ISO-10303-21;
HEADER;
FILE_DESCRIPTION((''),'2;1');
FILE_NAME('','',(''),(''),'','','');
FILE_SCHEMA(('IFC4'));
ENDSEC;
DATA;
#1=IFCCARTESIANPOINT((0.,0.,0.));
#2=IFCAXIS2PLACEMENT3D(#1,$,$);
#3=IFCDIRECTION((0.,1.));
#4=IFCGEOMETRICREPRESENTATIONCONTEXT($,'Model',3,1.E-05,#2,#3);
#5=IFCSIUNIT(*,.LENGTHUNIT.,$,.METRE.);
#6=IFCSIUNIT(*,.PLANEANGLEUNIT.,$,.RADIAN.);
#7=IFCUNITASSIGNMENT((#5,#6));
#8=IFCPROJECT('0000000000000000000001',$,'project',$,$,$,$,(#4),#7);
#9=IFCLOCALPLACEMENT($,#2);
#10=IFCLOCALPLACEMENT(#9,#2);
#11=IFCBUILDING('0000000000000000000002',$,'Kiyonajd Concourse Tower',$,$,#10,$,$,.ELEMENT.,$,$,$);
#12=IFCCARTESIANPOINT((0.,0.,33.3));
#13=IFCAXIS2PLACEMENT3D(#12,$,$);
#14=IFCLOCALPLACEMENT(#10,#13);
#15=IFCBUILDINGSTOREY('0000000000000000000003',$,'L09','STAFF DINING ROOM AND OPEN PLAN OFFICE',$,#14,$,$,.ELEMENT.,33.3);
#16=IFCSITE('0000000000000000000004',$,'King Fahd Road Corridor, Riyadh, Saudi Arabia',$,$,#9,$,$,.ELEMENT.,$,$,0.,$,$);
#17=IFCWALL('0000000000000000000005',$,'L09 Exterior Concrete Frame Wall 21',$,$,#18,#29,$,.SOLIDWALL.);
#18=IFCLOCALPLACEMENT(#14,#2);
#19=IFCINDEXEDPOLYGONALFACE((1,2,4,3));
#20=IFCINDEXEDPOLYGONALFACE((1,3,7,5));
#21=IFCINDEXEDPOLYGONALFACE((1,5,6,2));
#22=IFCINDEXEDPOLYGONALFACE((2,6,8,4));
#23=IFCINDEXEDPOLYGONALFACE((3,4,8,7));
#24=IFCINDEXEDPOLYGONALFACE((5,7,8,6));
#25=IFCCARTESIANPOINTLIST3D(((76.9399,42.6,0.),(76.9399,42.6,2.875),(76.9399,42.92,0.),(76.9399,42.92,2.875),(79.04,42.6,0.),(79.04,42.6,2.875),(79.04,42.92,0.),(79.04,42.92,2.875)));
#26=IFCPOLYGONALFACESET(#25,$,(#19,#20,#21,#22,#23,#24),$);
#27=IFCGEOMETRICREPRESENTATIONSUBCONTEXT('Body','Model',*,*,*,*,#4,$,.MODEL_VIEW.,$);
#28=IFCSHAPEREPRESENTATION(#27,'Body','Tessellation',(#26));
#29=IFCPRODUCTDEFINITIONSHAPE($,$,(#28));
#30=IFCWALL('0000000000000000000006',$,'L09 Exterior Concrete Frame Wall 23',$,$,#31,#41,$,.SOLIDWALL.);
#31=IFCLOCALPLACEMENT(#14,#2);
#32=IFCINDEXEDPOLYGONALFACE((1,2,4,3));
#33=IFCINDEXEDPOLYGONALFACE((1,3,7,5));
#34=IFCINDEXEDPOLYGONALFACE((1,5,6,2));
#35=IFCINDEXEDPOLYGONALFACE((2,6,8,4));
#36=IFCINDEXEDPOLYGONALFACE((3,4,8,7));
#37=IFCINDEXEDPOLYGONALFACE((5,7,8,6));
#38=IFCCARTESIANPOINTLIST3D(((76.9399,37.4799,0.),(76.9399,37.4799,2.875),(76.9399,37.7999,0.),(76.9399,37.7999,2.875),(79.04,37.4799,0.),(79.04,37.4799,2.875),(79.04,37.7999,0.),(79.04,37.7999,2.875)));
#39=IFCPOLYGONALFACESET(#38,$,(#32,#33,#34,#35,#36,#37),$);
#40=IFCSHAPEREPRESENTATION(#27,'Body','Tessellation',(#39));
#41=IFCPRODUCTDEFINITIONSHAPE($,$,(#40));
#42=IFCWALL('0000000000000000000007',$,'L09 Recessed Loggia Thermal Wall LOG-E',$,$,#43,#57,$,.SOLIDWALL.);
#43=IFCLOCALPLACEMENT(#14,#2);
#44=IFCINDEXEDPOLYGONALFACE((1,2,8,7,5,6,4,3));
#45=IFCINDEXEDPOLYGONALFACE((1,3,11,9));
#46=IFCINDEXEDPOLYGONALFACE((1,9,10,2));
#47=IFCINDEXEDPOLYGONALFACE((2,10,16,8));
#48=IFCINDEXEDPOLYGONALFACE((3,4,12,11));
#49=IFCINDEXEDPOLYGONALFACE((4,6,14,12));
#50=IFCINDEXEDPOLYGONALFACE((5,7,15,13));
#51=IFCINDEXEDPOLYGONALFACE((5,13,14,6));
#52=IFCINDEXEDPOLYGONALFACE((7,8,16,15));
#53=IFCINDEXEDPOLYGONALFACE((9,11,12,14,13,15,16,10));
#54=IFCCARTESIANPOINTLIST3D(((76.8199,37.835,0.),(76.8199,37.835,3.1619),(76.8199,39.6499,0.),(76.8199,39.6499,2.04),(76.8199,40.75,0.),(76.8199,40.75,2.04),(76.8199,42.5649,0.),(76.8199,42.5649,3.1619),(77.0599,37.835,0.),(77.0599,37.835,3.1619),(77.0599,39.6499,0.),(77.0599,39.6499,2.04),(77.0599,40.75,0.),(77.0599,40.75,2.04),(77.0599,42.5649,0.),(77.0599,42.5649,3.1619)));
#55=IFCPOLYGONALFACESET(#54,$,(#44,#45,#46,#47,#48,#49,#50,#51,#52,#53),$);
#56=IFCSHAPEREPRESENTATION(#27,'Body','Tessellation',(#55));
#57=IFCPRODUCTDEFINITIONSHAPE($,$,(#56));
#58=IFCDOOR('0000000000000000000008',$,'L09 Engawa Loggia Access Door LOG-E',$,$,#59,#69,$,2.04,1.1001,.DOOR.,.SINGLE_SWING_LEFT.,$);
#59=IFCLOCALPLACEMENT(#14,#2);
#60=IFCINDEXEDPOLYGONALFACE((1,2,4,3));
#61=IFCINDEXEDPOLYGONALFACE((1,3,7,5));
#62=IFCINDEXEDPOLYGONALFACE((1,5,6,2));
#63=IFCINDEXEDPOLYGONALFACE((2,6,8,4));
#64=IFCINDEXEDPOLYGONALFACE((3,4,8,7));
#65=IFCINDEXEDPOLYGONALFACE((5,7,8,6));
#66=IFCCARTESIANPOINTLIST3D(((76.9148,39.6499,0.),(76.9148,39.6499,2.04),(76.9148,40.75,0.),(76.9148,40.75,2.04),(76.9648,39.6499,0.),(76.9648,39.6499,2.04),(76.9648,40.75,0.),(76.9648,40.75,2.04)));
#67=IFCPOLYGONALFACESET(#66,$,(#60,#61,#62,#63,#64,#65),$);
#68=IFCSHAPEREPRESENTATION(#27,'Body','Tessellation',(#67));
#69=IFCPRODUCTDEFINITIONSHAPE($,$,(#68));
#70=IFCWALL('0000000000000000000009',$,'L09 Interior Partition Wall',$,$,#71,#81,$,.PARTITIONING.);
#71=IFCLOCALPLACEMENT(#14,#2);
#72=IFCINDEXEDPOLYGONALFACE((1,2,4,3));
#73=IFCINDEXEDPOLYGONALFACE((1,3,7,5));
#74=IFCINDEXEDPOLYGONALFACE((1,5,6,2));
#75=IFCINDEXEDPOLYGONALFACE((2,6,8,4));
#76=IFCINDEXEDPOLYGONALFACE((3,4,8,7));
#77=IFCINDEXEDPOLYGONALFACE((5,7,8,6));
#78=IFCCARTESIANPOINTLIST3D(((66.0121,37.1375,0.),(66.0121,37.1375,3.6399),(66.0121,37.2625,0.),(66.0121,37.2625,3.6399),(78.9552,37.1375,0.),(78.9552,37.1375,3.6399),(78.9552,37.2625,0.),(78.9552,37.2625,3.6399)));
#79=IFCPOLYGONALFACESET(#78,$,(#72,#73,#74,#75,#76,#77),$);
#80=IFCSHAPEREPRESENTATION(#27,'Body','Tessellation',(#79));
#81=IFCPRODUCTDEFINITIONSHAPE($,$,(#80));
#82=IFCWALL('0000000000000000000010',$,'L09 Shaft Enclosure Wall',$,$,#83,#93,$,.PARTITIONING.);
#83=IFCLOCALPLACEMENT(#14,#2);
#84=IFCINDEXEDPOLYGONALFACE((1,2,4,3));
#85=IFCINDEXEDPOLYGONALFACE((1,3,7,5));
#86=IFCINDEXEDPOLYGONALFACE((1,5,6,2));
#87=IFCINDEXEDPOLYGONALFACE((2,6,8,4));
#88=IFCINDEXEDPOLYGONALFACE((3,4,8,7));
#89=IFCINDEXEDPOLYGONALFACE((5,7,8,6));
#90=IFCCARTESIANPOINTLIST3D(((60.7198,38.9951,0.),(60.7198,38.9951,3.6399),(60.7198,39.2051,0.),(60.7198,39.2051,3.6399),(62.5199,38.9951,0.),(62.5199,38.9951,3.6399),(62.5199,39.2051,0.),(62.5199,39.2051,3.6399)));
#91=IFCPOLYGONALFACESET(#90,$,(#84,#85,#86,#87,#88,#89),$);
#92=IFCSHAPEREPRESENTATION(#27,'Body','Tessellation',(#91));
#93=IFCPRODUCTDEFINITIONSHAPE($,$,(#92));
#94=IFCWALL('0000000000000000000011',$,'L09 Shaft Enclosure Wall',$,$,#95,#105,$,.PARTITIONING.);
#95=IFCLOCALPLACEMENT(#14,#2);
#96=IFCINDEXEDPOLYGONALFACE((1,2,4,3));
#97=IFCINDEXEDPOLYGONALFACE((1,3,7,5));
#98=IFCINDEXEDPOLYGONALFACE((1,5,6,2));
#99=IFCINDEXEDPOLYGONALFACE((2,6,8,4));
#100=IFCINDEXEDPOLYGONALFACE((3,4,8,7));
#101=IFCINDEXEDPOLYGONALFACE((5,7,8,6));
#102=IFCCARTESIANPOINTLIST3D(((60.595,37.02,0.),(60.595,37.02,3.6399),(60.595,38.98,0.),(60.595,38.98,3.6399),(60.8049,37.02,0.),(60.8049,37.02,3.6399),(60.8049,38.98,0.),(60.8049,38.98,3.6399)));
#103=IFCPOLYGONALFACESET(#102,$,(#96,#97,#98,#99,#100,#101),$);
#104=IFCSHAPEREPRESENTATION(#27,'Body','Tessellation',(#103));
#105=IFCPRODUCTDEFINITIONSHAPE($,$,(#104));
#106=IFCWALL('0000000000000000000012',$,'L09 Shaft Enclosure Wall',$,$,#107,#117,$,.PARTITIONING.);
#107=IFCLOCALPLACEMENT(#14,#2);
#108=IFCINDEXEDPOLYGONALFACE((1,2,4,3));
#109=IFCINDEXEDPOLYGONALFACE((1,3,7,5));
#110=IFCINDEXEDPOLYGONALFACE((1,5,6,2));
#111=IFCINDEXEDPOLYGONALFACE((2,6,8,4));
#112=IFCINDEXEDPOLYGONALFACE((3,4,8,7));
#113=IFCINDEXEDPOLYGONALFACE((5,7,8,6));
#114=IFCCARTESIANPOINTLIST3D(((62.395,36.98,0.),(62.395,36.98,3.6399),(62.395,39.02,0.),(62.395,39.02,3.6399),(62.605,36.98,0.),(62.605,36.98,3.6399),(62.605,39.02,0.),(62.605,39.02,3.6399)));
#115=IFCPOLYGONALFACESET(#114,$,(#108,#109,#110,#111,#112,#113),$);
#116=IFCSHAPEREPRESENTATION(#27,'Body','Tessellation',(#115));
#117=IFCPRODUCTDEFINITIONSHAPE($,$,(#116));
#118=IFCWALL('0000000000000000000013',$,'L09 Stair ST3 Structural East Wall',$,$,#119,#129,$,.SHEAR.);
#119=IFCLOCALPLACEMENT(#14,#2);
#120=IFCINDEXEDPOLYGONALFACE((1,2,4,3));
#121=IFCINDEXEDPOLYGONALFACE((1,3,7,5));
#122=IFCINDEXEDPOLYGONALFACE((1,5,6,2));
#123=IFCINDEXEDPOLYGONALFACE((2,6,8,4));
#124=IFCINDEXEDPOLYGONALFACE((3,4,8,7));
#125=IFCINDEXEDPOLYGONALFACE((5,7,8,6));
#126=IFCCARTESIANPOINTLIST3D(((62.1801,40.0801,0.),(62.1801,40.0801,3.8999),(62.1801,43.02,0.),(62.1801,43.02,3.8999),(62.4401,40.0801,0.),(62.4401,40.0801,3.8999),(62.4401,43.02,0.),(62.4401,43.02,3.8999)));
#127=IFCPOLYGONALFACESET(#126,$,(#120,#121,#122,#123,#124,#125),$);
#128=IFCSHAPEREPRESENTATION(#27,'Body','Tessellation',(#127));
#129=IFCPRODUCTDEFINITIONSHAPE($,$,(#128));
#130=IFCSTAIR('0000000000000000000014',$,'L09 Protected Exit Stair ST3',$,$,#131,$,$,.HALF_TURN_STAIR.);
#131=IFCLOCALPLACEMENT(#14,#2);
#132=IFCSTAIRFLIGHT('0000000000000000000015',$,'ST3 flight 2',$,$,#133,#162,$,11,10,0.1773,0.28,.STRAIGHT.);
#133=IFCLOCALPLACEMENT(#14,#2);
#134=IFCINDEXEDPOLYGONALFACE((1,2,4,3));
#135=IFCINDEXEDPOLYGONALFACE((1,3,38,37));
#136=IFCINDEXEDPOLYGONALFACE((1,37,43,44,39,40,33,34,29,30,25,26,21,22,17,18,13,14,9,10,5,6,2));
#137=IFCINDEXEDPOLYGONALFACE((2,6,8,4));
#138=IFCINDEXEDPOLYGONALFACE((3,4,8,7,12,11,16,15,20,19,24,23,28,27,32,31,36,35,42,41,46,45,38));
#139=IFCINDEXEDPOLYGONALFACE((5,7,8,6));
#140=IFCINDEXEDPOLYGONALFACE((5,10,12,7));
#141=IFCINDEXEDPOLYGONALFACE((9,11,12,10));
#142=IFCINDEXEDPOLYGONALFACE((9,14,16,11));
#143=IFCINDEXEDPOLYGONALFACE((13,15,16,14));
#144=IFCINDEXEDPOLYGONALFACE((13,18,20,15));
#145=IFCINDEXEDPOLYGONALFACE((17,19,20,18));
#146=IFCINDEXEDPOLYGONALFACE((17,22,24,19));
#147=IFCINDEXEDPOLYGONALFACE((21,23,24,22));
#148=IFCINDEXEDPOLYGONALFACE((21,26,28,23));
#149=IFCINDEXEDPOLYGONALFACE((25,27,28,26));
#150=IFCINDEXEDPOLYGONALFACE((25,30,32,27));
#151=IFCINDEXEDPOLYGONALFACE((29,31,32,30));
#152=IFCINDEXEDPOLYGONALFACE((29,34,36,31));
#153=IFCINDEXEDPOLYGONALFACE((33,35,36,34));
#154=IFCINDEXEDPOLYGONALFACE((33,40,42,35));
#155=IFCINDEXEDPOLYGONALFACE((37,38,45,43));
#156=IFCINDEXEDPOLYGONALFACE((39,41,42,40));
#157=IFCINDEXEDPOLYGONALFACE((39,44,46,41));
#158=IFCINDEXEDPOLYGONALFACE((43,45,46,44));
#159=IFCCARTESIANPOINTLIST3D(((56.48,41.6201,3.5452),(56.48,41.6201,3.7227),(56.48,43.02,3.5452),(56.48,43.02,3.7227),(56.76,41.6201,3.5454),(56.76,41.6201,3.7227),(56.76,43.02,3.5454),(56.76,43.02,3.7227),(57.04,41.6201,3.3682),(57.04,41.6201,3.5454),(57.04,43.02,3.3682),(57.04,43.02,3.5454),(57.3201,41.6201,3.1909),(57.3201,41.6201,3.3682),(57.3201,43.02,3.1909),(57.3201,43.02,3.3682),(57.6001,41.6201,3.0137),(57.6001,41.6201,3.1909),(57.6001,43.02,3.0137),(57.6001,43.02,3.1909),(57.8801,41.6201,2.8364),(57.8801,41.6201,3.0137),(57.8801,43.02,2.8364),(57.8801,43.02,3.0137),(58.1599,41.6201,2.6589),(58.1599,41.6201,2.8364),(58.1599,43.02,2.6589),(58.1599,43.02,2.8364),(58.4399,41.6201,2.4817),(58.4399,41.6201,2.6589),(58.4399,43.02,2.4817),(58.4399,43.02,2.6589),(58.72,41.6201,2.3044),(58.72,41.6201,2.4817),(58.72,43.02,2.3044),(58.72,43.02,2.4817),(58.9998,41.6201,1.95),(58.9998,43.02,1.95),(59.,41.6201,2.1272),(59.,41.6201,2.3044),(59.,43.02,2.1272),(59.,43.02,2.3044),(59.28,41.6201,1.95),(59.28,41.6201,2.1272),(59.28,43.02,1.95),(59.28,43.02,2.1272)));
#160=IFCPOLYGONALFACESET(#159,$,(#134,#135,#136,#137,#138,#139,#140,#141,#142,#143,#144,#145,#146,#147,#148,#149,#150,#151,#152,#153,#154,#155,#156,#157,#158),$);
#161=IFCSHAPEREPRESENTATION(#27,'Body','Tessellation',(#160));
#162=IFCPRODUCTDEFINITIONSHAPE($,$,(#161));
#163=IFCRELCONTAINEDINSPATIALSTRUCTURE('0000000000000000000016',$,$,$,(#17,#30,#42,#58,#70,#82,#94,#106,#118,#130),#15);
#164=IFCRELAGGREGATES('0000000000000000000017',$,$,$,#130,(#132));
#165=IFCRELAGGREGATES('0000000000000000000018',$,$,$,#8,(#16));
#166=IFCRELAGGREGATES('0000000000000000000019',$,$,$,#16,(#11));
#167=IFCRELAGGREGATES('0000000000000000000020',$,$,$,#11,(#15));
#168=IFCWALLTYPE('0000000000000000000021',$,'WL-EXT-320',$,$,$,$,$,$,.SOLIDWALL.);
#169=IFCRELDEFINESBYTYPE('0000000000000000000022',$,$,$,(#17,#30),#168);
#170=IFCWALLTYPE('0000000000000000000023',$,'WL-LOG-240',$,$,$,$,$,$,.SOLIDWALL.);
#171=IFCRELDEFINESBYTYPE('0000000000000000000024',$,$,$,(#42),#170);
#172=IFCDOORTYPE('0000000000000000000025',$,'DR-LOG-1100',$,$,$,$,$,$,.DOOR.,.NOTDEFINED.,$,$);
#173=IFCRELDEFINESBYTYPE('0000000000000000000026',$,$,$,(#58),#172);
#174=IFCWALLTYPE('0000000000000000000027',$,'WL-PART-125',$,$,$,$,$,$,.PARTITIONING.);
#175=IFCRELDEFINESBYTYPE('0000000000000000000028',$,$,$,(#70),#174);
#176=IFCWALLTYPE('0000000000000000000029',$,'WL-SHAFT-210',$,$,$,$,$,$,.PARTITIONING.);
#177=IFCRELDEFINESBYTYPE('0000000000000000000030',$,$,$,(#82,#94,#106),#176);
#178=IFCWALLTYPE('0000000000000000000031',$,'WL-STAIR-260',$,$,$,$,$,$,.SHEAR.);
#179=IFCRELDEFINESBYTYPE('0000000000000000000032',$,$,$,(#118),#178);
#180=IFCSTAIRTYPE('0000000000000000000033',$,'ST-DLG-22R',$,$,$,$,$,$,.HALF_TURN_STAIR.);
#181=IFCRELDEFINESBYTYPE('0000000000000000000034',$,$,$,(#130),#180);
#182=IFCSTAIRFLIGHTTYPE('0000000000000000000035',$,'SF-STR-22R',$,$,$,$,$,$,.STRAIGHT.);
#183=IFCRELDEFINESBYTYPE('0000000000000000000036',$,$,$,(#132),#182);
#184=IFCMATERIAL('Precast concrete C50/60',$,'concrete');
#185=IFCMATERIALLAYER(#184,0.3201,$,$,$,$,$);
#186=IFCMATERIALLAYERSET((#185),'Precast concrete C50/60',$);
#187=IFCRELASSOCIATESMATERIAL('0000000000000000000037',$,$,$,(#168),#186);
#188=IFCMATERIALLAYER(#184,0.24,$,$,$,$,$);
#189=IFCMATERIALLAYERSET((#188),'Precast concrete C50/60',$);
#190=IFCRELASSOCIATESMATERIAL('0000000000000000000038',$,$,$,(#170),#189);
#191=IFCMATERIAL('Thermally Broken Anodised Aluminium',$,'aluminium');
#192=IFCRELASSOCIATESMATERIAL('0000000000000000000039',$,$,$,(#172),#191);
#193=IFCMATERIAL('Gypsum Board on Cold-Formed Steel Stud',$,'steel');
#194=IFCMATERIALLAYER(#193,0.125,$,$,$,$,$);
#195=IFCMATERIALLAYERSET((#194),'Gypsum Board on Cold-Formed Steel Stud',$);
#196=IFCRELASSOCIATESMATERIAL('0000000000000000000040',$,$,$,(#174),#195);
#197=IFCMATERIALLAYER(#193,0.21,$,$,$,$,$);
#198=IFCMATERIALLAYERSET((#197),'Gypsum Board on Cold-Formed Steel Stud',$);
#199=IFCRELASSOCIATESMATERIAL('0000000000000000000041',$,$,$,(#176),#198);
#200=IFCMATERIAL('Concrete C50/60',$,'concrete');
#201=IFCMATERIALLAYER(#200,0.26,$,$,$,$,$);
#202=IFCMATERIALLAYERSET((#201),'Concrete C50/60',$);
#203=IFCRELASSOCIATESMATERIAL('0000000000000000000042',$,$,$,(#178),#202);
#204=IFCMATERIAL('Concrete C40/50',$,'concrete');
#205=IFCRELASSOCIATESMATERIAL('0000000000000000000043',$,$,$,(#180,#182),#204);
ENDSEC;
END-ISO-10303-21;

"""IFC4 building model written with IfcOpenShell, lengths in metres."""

from ifc_helpers import new_model, si_unit, direction, frame, frame_2d, origin, place, context, subcontext, project, spatial, polyline, rectangle, outline, extrude, material, layer, layer_set, type_object, element, fill, aggregate, save


model = new_model("IFC4")

# Units and contexts
model_context = context("Model", 3, precision=1e-05, world=origin(), true_north=direction((0.0, 1.0)))
body_context = subcontext(model_context, "Body", "Model", "MODEL_VIEW")
ifc_project = project(units=[si_unit("LENGTHUNIT", "METRE"), si_unit("PLANEANGLEUNIT", "RADIAN")], contexts=[model_context])

# Site, building, storey
site_placement = place(None, origin())
site = spatial("IfcSite", under=ifc_project, at=site_placement, Name="King Fahd Road Corridor, Riyadh, Saudi Arabia", CompositionType="ELEMENT", RefElevation=0.0)
building_placement = place(site_placement, origin())
building = spatial("IfcBuilding", under=site, at=building_placement, Name="Kiyonajd Concourse Tower", CompositionType="ELEMENT")
storey_placement = place(building_placement, frame((0.0, 0.0, 33.3)))
storey = spatial("IfcBuildingStorey", under=building, at=storey_placement, Name="L09", Description="STAFF DINING ROOM AND OPEN PLAN OFFICE", CompositionType="ELEMENT", Elevation=33.3)

# Shared definitions
ifc_material_1 = material(Name="Precast concrete C50/60", Category="concrete")

# Shared definitions
ifc_material_2 = material(Name="Thermally Broken Anodised Aluminium", Category="aluminium")

# Walls
ifc_layer_1 = layer(ifc_material_1, 0.3201)
ifc_layer_set_1 = layer_set([ifc_layer_1], Name="Precast concrete C50/60")
wall_type_1 = type_object("IfcWallType", Name="WL-EXT-320", PredefinedType="SOLIDWALL", material=ifc_layer_set_1)
for number, where, z_axis, x_axis, name in (
    (1, (79.04, 42.76, 0.0), (0.0, 0.0, 1.0), (-1.0, 0.0, 0.0), "L09 Exterior Concrete Frame Wall 21"),
    (2, (76.9399, 37.6399, 0.0), (0.0, 0.0, 1.0), (1.0, 0.0, 0.0), "L09 Exterior Concrete Frame Wall 23"),
):
    element("IfcWall", number, at=place(storey_placement, frame(where, z_axis=z_axis, x_axis=x_axis)), inside=storey, type_object=wall_type_1, Name=name, PredefinedType="SOLIDWALL", context=body_context, shape_type="SweptSolid", body=[
        extrude(rectangle(XDim=2.1001, YDim=0.3201, at=frame_2d((1.05, 0.0))), origin(), (0.0, 0.0, 1.0), 2.875),
    ])

# Wall, opening, door
ifc_layer_2 = layer(ifc_material_1, 0.24)
ifc_layer_set_2 = layer_set([ifc_layer_2], Name="Precast concrete C50/60")
wall_type_2 = type_object("IfcWallType", Name="WL-LOG-240", PredefinedType="SOLIDWALL", material=ifc_layer_set_2)
wall_1_placement = place(storey_placement, frame((76.9399, 42.5649, 0.0), z_axis=(0.0, 0.0, 1.0), x_axis=(0.0, -1.0, 0.0)))
wall_1 = element("IfcWall", 3, at=wall_1_placement, inside=storey, type_object=wall_type_2, Name="L09 Recessed Loggia Thermal Wall LOG-E", PredefinedType="SOLIDWALL", context=body_context, shape_type="SweptSolid", body=[
    extrude(rectangle(XDim=4.73, YDim=0.24, at=frame_2d((2.365, 0.0))), origin(), (0.0, 0.0, 1.0), 3.1619),
])
opening_placement = place(wall_1_placement, frame((1.8149, 0.0, 0.0)))
opening = element("IfcOpeningElement", 4, at=opening_placement, cuts=wall_1, PredefinedType="OPENING", context=body_context, shape_type="SweptSolid", body=[
    extrude(rectangle(XDim=1.1001, YDim=2.04, at=frame_2d((0.55, 1.02))), frame((0.0, 0.1299, 0.0), z_axis=(0.0, -1.0, 0.0), x_axis=(1.0, 0.0, 0.0)), (0.0, 0.0, 1.0), 0.26),
])
door_type = type_object("IfcDoorType", Name="DR-LOG-1100", OperationType="NOTDEFINED", PredefinedType="DOOR", material=ifc_material_2)
door_placement = place(opening_placement, origin())
door = element("IfcDoor", 5, at=door_placement, inside=storey, type_object=door_type, Name="L09 Engawa Loggia Access Door LOG-E", OperationType="SINGLE_SWING_LEFT", OverallHeight=2.04, OverallWidth=1.1001, PredefinedType="DOOR", context=body_context, shape_type="SweptSolid", body=[
    extrude(rectangle(XDim=1.1001, YDim=2.04, at=frame_2d((0.55, 1.02))), frame((0.0, 0.0249, 0.0), z_axis=(0.0, -1.0, 0.0), x_axis=(1.0, 0.0, 0.0)), (0.0, 0.0, 1.0), 0.05),
])
fill(opening, door)

# Walls
ifc_material_3 = material(Name="Gypsum Board on Cold-Formed Steel Stud", Category="steel")
ifc_layer_3 = layer(ifc_material_3, 0.125)
ifc_layer_set_3 = layer_set([ifc_layer_3], Name="Gypsum Board on Cold-Formed Steel Stud")
wall_type_3 = type_object("IfcWallType", Name="WL-PART-125", PredefinedType="PARTITIONING", material=ifc_layer_set_3)
wall_2_placement = place(storey_placement, frame((66.012, 37.2, 0.0), z_axis=(0.0, 0.0, 1.0), x_axis=(1.0, 0.0, 0.0)))
element("IfcWall", 6, at=wall_2_placement, inside=storey, type_object=wall_type_3, Name="L09 Interior Partition Wall", PredefinedType="PARTITIONING", context=body_context, shape_type="SweptSolid", body=[
    extrude(rectangle(XDim=12.9431, YDim=0.125, at=frame_2d((6.4717, 0.0))), origin(), (0.0, 0.0, 1.0), 3.6399),
])
ifc_layer_4 = layer(ifc_material_3, 0.21)
ifc_layer_set_4 = layer_set([ifc_layer_4], Name="Gypsum Board on Cold-Formed Steel Stud")
wall_type_4 = type_object("IfcWallType", Name="WL-SHAFT-210", PredefinedType="PARTITIONING", material=ifc_layer_set_4)
wall_3_placement = place(storey_placement, frame((60.72, 39.1001, 0.0), z_axis=(0.0, 0.0, 1.0), x_axis=(1.0, 0.0, 0.0)))
element("IfcWall", 7, at=wall_3_placement, inside=storey, type_object=wall_type_4, Name="L09 Shaft Enclosure Wall", PredefinedType="PARTITIONING", context=body_context, shape_type="SweptSolid", body=[
    extrude(rectangle(XDim=1.8, YDim=0.21, at=frame_2d((0.8999, 0.0))), origin(), (0.0, 0.0, 1.0), 3.6399),
])
wall_4_placement = place(storey_placement, frame((60.7, 37.02, 0.0), z_axis=(0.0, 0.0, 1.0), x_axis=(0.0, 1.0, 0.0)))
element("IfcWall", 8, at=wall_4_placement, inside=storey, type_object=wall_type_4, Name="L09 Shaft Enclosure Wall", PredefinedType="PARTITIONING", context=body_context, shape_type="SweptSolid", body=[
    extrude(rectangle(XDim=1.96, YDim=0.21, at=frame_2d((0.98, 0.0))), origin(), (0.0, 0.0, 1.0), 3.6399),
])
wall_5_placement = place(storey_placement, frame((62.5, 36.98, 0.0), z_axis=(0.0, 0.0, 1.0), x_axis=(0.0, 1.0, 0.0)))
element("IfcWall", 9, at=wall_5_placement, inside=storey, type_object=wall_type_4, Name="L09 Shaft Enclosure Wall", PredefinedType="PARTITIONING", context=body_context, shape_type="SweptSolid", body=[
    extrude(rectangle(XDim=2.04, YDim=0.21, at=frame_2d((1.02, 0.0))), origin(), (0.0, 0.0, 1.0), 3.6399),
])
ifc_material_4 = material(Name="Concrete C50/60", Category="concrete")
ifc_layer_5 = layer(ifc_material_4, 0.26)
ifc_layer_set_5 = layer_set([ifc_layer_5], Name="Concrete C50/60")
wall_type_5 = type_object("IfcWallType", Name="WL-STAIR-260", PredefinedType="SHEAR", material=ifc_layer_set_5)
wall_6_placement = place(storey_placement, frame((62.3101, 40.0801, 0.0), z_axis=(0.0, 0.0, 1.0), x_axis=(0.0, 1.0, 0.0)))
element("IfcWall", 10, at=wall_6_placement, inside=storey, type_object=wall_type_5, Name="L09 Stair ST3 Structural East Wall", PredefinedType="SHEAR", context=body_context, shape_type="SweptSolid", body=[
    extrude(rectangle(XDim=2.9399, YDim=0.26, at=frame_2d((1.47, 0.0))), origin(), (0.0, 0.0, 1.0), 3.8999),
])

# Stair, stair flight
ifc_material_5 = material(Name="Concrete C40/50", Category="concrete")
stair_type = type_object("IfcStairType", Name="ST-DLG-22R", PredefinedType="HALF_TURN_STAIR", material=ifc_material_5)
stair_placement = place(storey_placement, origin())
stair = element("IfcStair", 11, at=stair_placement, inside=storey, type_object=stair_type, Name="L09 Protected Exit Stair ST3", PredefinedType="HALF_TURN_STAIR")
stair_flight_type = type_object("IfcStairFlightType", Name="SF-STR-22R", PredefinedType="STRAIGHT", material=ifc_material_5)
stair_flight_placement = place(storey_placement, frame((59.28, 42.3201, 1.95), z_axis=(0.0, 0.0, 1.0), x_axis=(-1.0, 0.0, 0.0)))
stair_flight = element("IfcStairFlight", 12, at=stair_flight_placement, type_object=stair_flight_type, Name="ST3 flight 2", NumberOfRisers=11, NumberOfTreads=10, PredefinedType="STRAIGHT", RiserHeight=0.1773, TreadLength=0.28, context=body_context, shape_type="SweptSolid", body=[
    extrude(outline(polyline([(0.0, 0.0), (0.0, 0.1772), (0.28, 0.1772), (0.28, 0.3545), (0.5601, 0.3545), (0.5601, 0.5317), (0.8401, 0.5317), (0.8401, 0.709), (1.1201, 0.709), (1.1201, 0.8865), (1.3999, 0.8865), (1.3999, 1.0637), (1.6799, 1.0637), (1.6799, 1.241), (1.96, 1.241), (1.96, 1.4182), (2.24, 1.4182), (2.24, 1.5955), (2.52, 1.5955), (2.52, 1.7727), (2.8, 1.7727), (2.8, 1.95), (2.8, 1.5952), (0.2803, 0.0), (0.0, 0.0)])), frame((0.0, 0.7, 0.0), z_axis=(0.0, -1.0, 0.0), x_axis=(1.0, 0.0, 0.0)), (0.0, 0.0, 1.0), 1.3999),
])
aggregate(stair, [stair_flight])

save(model, "model.ifc")
